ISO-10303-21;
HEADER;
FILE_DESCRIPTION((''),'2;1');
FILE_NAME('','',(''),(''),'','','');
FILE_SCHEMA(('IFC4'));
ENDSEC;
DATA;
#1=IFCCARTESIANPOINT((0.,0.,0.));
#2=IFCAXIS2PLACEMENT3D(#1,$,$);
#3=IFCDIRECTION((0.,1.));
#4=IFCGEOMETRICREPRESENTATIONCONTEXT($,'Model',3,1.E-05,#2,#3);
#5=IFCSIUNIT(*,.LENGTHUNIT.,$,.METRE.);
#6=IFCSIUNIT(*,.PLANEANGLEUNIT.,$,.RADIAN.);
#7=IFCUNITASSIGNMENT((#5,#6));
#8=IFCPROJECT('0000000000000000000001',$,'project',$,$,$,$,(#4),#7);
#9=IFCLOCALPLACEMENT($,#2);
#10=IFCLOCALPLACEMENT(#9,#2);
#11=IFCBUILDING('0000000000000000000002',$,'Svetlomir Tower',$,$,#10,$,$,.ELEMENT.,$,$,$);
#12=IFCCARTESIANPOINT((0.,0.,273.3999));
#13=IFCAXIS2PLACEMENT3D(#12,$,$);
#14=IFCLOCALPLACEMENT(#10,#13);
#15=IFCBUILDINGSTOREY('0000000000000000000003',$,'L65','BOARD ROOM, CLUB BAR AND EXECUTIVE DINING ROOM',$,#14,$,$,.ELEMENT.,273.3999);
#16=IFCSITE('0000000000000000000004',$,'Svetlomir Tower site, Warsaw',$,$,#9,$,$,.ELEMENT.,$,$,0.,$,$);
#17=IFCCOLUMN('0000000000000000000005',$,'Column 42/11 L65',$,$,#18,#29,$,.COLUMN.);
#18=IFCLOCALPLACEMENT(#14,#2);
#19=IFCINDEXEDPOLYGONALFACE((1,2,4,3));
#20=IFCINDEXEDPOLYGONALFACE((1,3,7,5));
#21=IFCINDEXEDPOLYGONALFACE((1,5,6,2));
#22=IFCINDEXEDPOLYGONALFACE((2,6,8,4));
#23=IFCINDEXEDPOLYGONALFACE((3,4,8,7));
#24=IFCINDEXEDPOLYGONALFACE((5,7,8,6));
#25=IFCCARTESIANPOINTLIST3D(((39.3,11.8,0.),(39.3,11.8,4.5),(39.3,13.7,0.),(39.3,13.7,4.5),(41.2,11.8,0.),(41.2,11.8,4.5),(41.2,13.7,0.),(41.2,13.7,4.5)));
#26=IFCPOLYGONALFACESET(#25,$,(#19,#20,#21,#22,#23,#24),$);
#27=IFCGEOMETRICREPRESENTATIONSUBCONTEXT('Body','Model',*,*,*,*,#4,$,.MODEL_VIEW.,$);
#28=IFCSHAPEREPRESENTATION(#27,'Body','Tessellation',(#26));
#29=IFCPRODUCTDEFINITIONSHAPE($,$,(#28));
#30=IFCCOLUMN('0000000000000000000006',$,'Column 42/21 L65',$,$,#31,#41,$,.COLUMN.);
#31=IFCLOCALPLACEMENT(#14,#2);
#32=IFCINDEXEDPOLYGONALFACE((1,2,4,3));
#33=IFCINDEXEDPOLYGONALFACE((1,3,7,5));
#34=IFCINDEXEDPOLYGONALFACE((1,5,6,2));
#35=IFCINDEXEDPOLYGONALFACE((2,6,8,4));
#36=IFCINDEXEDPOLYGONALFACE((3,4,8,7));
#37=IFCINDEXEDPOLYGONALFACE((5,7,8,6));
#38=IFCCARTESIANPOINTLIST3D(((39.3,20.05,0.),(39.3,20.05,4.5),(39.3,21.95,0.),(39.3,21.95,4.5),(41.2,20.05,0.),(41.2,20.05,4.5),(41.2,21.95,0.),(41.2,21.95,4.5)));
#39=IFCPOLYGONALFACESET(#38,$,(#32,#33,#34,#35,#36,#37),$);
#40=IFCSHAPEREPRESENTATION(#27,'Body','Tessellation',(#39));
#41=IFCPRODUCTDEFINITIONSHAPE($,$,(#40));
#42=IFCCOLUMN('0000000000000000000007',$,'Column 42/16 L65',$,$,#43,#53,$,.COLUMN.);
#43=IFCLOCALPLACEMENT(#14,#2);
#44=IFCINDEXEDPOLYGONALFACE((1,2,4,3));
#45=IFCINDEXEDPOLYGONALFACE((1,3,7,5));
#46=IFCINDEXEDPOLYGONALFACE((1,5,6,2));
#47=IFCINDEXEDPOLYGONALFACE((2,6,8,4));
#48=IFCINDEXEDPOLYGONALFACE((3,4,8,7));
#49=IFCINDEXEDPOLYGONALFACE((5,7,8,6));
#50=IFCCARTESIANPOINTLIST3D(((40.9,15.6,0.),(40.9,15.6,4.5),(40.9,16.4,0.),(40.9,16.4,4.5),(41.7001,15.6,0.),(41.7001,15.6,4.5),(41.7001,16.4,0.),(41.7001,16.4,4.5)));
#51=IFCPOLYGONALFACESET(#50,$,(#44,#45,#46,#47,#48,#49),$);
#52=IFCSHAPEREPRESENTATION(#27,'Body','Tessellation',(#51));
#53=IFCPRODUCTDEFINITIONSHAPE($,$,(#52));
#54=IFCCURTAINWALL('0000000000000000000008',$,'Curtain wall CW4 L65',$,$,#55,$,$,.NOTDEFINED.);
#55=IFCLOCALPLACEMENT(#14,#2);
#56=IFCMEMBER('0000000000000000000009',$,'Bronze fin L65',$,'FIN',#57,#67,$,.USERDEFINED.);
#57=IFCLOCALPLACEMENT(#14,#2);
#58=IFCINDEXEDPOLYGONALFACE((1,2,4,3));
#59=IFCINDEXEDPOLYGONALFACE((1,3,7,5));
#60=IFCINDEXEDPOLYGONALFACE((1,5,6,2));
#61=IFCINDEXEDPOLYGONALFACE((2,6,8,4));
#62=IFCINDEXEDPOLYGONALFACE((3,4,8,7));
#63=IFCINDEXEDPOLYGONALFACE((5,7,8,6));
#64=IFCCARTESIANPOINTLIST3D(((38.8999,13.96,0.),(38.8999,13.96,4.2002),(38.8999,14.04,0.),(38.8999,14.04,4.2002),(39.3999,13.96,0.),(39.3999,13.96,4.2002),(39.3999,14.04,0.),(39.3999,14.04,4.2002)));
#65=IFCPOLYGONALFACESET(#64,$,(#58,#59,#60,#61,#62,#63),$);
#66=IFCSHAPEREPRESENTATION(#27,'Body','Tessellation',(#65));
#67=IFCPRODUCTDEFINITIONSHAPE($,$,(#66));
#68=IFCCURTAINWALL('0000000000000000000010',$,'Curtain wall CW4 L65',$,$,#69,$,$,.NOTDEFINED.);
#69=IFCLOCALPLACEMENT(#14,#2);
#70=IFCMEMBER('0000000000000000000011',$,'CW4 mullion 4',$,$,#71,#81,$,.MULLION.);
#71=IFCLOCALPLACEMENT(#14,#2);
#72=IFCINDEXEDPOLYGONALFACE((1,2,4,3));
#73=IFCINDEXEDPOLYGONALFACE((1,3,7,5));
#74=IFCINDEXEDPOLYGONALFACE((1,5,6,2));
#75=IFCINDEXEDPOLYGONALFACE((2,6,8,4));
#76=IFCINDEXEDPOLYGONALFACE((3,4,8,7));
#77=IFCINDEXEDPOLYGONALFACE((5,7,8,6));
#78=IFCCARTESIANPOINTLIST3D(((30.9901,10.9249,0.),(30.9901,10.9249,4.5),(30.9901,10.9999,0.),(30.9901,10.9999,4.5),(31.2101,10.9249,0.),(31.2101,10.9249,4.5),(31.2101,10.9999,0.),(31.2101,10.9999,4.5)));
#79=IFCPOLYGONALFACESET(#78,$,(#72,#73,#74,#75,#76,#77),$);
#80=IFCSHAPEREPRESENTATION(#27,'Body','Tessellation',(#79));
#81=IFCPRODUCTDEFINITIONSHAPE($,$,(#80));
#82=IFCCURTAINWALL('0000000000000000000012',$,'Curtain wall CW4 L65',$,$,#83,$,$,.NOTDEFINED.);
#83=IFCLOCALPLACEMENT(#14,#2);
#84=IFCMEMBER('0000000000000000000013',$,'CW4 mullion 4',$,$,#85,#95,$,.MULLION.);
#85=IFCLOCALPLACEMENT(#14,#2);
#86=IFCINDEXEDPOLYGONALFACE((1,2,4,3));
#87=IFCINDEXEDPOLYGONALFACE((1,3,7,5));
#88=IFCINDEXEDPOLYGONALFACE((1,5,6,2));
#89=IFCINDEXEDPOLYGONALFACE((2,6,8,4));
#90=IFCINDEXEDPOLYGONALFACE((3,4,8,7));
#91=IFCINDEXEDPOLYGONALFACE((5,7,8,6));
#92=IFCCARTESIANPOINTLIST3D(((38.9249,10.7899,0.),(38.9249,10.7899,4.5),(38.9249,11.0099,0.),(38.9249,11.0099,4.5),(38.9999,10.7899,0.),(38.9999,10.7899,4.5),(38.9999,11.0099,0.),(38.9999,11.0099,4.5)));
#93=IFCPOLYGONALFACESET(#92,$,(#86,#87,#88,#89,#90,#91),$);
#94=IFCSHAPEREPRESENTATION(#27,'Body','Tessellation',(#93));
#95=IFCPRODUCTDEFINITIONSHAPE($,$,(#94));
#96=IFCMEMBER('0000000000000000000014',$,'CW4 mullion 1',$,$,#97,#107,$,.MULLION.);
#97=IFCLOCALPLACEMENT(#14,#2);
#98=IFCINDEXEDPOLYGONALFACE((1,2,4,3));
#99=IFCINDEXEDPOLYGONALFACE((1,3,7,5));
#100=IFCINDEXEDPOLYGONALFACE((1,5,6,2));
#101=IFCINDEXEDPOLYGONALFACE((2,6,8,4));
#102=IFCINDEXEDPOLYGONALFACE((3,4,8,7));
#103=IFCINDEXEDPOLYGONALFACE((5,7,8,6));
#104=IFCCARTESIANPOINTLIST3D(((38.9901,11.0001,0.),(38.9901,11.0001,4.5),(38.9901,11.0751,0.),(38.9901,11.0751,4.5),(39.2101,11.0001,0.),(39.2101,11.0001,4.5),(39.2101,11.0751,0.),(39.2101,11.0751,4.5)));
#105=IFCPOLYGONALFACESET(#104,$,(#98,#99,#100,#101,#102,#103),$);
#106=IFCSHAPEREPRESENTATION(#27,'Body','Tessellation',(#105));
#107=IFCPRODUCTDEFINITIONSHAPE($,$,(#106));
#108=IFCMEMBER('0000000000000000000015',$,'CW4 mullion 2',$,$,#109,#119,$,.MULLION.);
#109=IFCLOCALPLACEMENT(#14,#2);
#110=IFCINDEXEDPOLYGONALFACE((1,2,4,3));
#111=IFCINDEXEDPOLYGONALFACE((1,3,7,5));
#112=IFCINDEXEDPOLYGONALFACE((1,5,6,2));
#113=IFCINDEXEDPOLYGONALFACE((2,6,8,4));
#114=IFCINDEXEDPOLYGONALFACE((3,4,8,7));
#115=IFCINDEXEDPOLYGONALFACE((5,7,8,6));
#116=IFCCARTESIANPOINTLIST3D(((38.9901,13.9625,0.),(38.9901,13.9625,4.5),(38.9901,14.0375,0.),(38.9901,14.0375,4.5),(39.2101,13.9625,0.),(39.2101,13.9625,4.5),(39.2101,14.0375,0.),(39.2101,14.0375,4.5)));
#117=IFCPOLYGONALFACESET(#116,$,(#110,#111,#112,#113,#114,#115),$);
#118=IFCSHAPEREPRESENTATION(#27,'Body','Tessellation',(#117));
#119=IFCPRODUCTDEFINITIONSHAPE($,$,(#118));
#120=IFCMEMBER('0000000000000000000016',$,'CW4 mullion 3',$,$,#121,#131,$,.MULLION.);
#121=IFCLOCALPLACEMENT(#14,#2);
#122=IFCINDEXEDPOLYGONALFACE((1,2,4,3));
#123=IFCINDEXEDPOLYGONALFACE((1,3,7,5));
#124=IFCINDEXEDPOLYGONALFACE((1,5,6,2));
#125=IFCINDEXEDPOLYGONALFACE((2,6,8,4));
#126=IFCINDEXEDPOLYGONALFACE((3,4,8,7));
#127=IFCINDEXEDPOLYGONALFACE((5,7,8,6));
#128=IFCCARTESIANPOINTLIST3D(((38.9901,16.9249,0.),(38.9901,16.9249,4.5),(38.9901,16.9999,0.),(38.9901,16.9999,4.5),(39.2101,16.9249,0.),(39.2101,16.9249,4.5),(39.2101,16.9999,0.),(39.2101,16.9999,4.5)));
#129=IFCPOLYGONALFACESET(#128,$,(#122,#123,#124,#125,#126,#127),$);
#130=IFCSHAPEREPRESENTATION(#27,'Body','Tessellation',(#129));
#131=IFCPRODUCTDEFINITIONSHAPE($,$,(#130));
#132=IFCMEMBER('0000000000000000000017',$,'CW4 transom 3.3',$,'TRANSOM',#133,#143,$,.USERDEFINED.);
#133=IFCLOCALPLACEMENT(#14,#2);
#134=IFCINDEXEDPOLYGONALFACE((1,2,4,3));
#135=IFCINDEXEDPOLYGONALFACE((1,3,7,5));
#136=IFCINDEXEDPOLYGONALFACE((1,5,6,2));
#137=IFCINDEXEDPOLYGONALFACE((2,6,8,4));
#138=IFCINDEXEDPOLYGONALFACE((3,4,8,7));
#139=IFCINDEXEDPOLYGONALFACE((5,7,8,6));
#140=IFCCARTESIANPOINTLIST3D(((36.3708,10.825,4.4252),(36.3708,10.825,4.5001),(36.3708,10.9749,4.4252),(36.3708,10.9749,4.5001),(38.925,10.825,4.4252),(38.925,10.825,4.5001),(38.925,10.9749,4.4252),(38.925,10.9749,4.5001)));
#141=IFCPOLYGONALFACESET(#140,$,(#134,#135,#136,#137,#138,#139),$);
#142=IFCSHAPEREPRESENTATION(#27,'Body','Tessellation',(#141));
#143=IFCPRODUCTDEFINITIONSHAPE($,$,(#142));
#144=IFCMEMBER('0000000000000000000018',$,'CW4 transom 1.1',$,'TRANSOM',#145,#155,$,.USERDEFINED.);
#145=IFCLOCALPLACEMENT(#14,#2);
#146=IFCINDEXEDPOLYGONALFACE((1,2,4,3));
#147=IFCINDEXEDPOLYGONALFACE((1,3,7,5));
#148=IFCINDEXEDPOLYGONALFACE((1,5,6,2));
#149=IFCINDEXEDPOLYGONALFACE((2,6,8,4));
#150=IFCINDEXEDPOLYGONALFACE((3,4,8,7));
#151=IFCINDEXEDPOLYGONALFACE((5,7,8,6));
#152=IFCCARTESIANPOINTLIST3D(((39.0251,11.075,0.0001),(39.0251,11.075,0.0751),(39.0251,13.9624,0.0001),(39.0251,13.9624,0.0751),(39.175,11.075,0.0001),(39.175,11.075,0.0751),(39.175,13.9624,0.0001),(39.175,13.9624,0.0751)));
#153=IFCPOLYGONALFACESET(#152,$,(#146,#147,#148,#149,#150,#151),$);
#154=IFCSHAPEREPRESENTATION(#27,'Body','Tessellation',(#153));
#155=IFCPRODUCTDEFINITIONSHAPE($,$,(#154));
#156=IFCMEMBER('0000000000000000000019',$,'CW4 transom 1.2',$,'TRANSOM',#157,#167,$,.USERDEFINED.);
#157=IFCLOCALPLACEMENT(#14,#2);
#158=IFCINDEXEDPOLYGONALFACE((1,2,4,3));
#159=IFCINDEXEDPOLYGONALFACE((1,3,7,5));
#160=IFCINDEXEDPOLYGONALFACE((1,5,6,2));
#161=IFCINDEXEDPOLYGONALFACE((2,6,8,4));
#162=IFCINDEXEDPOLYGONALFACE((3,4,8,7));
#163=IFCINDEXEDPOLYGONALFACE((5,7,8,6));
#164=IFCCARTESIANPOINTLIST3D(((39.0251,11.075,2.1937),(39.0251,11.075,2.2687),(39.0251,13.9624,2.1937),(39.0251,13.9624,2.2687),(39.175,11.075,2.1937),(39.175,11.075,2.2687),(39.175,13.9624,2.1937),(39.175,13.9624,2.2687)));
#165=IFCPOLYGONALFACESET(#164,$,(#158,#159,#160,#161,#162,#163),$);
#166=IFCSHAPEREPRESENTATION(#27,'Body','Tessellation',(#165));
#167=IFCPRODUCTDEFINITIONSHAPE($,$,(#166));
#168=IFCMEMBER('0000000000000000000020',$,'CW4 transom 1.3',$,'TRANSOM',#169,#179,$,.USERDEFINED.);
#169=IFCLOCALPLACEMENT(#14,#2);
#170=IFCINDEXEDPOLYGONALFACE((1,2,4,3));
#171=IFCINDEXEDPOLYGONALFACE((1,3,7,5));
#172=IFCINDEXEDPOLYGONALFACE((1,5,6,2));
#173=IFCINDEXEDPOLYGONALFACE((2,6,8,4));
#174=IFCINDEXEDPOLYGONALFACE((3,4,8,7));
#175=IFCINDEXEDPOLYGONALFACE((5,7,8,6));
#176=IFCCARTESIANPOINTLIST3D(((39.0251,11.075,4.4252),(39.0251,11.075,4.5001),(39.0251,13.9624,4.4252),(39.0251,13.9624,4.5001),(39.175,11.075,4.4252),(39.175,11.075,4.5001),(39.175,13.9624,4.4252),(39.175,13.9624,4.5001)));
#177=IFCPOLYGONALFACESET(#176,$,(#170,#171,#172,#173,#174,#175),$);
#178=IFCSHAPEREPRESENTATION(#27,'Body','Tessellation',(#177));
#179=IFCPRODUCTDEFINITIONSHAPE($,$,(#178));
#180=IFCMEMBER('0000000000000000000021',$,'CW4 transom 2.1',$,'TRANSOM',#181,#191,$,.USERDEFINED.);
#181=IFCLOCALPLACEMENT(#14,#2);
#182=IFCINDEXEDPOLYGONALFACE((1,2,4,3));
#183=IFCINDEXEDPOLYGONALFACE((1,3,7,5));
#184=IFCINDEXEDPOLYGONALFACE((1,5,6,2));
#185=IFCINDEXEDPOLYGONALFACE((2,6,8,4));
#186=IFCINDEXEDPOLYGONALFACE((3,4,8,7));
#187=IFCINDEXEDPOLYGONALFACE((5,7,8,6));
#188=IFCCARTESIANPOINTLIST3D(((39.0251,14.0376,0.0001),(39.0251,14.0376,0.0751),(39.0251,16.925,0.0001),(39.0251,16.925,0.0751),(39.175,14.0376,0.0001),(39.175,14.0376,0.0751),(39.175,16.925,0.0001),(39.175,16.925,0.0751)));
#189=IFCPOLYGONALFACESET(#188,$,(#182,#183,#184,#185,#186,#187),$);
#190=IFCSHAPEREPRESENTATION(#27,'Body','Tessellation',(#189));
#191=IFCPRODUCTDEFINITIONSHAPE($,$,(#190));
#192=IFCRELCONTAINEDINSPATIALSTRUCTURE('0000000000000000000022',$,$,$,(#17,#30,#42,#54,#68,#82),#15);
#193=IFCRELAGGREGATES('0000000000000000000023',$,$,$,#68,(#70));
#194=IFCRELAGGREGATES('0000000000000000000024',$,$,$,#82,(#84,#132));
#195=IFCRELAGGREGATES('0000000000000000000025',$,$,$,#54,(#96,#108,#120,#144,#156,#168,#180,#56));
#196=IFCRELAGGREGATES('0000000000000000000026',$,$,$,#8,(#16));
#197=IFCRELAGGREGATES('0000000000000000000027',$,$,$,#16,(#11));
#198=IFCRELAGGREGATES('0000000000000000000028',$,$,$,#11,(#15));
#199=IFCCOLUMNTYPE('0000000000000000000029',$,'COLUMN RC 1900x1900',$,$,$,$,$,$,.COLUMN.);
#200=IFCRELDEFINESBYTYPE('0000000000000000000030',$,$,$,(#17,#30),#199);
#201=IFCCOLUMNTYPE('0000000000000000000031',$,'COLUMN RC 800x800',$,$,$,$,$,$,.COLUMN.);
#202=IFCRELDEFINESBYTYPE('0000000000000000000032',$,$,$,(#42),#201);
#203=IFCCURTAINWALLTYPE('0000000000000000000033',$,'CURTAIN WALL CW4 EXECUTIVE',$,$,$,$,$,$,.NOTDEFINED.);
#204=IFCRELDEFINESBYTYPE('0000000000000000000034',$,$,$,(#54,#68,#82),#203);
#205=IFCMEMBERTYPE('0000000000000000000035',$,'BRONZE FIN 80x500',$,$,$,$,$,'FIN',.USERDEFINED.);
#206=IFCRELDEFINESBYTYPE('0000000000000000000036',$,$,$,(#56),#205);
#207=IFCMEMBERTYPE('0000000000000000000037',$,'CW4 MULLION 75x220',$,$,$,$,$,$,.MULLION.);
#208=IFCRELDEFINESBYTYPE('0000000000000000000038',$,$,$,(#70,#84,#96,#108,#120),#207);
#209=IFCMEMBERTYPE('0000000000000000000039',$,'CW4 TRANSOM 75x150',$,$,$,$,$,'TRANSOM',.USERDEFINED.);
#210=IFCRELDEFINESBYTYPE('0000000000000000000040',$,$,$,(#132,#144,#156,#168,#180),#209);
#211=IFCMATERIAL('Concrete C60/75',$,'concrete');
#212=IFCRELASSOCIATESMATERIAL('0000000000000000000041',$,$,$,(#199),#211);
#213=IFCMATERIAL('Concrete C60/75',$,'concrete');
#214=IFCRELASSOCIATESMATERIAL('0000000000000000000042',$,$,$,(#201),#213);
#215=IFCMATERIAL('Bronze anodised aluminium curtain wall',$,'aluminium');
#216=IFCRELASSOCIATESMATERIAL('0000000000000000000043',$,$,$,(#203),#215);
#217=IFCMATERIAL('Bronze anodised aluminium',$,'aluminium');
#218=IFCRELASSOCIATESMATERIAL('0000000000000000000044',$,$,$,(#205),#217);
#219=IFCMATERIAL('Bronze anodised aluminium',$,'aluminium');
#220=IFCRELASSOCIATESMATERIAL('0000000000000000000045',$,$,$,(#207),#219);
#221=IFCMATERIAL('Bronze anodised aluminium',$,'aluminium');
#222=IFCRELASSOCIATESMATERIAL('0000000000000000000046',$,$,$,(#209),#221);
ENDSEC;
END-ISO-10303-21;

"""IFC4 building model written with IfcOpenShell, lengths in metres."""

from ifc_helpers import new_model, si_unit, direction, frame, origin, origin_2d, place, context, subcontext, project, spatial, rectangle, extrude, material, material_profile, profile_set, type_object, element, aggregate, save


model = new_model("IFC4")

# Units and contexts
model_context = context("Model", 3, precision=1e-05, world=origin(), true_north=direction((0.0, 1.0)))
body_context = subcontext(model_context, "Body", "Model", "MODEL_VIEW")
ifc_project = project(units=[si_unit("LENGTHUNIT", "METRE"), si_unit("PLANEANGLEUNIT", "RADIAN")], contexts=[model_context])

# Site, building, storey
site_placement = place(None, origin())
site = spatial("IfcSite", under=ifc_project, at=site_placement, Name="Svetlomir Tower site, Warsaw", CompositionType="ELEMENT", RefElevation=0.0)
building_placement = place(site_placement, origin())
building = spatial("IfcBuilding", under=site, at=building_placement, Name="Svetlomir Tower", CompositionType="ELEMENT")
storey_placement = place(building_placement, frame((0.0, 0.0, 273.3999)))
storey = spatial("IfcBuildingStorey", under=building, at=storey_placement, Name="L65", Description="BOARD ROOM, CLUB BAR AND EXECUTIVE DINING ROOM", CompositionType="ELEMENT", Elevation=273.3999)

# Columns
ifc_material_1 = material(Name="Concrete C60/75", Category="concrete")
ifc_material_profile_1 = material_profile(ifc_material_1, rectangle(XDim=1.8999, YDim=1.8999, at=origin_2d()), Name="RC 1900x1900")
ifc_profile_set_1 = profile_set([ifc_material_profile_1], Name="Concrete C60/75")
column_type_1 = type_object("IfcColumnType", Name="COLUMN RC 1900x1900", PredefinedType="COLUMN", material=ifc_profile_set_1)
for number, where, z_axis, x_axis, name in (
    (1, (40.25, 12.75, 0.0), (0.0, 0.0, 1.0), (1.0, 0.0, 0.0), "Column 42/11 L65"),
    (2, (40.25, 21.0, 0.0), (0.0, 0.0, 1.0), (1.0, 0.0, 0.0), "Column 42/21 L65"),
):
    element("IfcColumn", number, at=place(storey_placement, frame(where, z_axis=z_axis, x_axis=x_axis)), inside=storey, type_object=column_type_1, Name=name, PredefinedType="COLUMN", context=body_context, shape_type="SweptSolid", body=[
        extrude(rectangle(XDim=1.8999, YDim=1.8999, at=origin_2d()), origin(), (0.0, 0.0, 1.0), 4.5),
    ])
ifc_material_2 = material(Name="Concrete C60/75", Category="concrete")
ifc_material_profile_2 = material_profile(ifc_material_2, rectangle(XDim=0.8, YDim=0.8, at=origin_2d()), Name="RC 800x800")
ifc_profile_set_2 = profile_set([ifc_material_profile_2], Name="Concrete C60/75")
column_type_2 = type_object("IfcColumnType", Name="COLUMN RC 800x800", PredefinedType="COLUMN", material=ifc_profile_set_2)
column_placement = place(storey_placement, frame((41.3, 16.0, 0.0), z_axis=(0.0, 0.0, 1.0), x_axis=(1.0, 0.0, 0.0)))
element("IfcColumn", 3, at=column_placement, inside=storey, type_object=column_type_2, Name="Column 42/16 L65", PredefinedType="COLUMN", context=body_context, shape_type="SweptSolid", body=[
    extrude(rectangle(XDim=0.8, YDim=0.8, at=origin_2d()), origin(), (0.0, 0.0, 1.0), 4.5),
])

# Curtain walls, members
ifc_material_3 = material(Name="Bronze anodised aluminium curtain wall", Category="aluminium")
curtain_wall_type = type_object("IfcCurtainWallType", Name="CURTAIN WALL CW4 EXECUTIVE", PredefinedType="NOTDEFINED", material=ifc_material_3)
curtain_wall_1_placement = place(storey_placement, origin())
curtain_wall_1 = element("IfcCurtainWall", 4, at=curtain_wall_1_placement, inside=storey, type_object=curtain_wall_type, Name="Curtain wall CW4 L65", PredefinedType="NOTDEFINED")
ifc_material_4 = material(Name="Bronze anodised aluminium", Category="aluminium")
ifc_material_profile_3 = material_profile(ifc_material_4, rectangle(XDim=0.0801, YDim=0.5, at=origin_2d()), Name="FIN 80x500")
ifc_profile_set_3 = profile_set([ifc_material_profile_3], Name="Bronze anodised aluminium 6063-T6")
member_type_1 = type_object("IfcMemberType", Name="BRONZE FIN 80x500", ElementType="FIN", PredefinedType="USERDEFINED", material=ifc_profile_set_3)
member_1_placement = place(storey_placement, frame((39.1499, 14.0, 0.0), z_axis=(0.0, 0.0, 1.0), x_axis=(0.0, 1.0, 0.0)))
member_1 = element("IfcMember", 5, at=member_1_placement, type_object=member_type_1, Name="Bronze fin L65", ObjectType="FIN", PredefinedType="USERDEFINED", context=body_context, shape_type="SweptSolid", body=[
    extrude(rectangle(XDim=0.0801, YDim=0.5, at=origin_2d()), origin(), (0.0, 0.0, 1.0), 4.2002),
])
curtain_wall_2_placement = place(storey_placement, origin())
curtain_wall_2 = element("IfcCurtainWall", 6, at=curtain_wall_2_placement, inside=storey, type_object=curtain_wall_type, Name="Curtain wall CW4 L65", PredefinedType="NOTDEFINED")
ifc_material_5 = material(Name="Bronze anodised aluminium", Category="aluminium")
ifc_material_profile_4 = material_profile(ifc_material_5, rectangle(XDim=0.075, YDim=0.22, at=origin_2d()), Name="AL 75x220")
ifc_profile_set_4 = profile_set([ifc_material_profile_4], Name="Bronze anodised aluminium 6063-T6")
member_type_2 = type_object("IfcMemberType", Name="CW4 MULLION 75x220", PredefinedType="MULLION", material=ifc_profile_set_4)
member_2_placement = place(storey_placement, frame((31.1001, 10.9624, 0.0), z_axis=(0.0, 0.0, 1.0), x_axis=(0.0, 1.0, 0.0)))
member_2 = element("IfcMember", 7, at=member_2_placement, type_object=member_type_2, Name="CW4 mullion 4", PredefinedType="MULLION", context=body_context, shape_type="SweptSolid", body=[
    extrude(rectangle(XDim=0.075, YDim=0.22, at=origin_2d()), origin(), (0.0, 0.0, 1.0), 4.5),
])
aggregate(curtain_wall_2, [member_2])
curtain_wall_3_placement = place(storey_placement, origin())
curtain_wall_3 = element("IfcCurtainWall", 8, at=curtain_wall_3_placement, inside=storey, type_object=curtain_wall_type, Name="Curtain wall CW4 L65", PredefinedType="NOTDEFINED")
member_3_placement = place(storey_placement, frame((38.9624, 10.8999, 0.0), z_axis=(0.0, 0.0, 1.0), x_axis=(1.0, 0.0, 0.0)))
member_3 = element("IfcMember", 9, at=member_3_placement, type_object=member_type_2, Name="CW4 mullion 4", PredefinedType="MULLION", context=body_context, shape_type="SweptSolid", body=[
    extrude(rectangle(XDim=0.075, YDim=0.22, at=origin_2d()), origin(), (0.0, 0.0, 1.0), 4.5),
])

# Members
member_4_placement = place(storey_placement, frame((39.1001, 11.0376, 0.0), z_axis=(0.0, 0.0, 1.0), x_axis=(0.0, 1.0, 0.0)))
member_4 = element("IfcMember", 10, at=member_4_placement, type_object=member_type_2, Name="CW4 mullion 1", PredefinedType="MULLION", context=body_context, shape_type="SweptSolid", body=[
    extrude(rectangle(XDim=0.075, YDim=0.22, at=origin_2d()), origin(), (0.0, 0.0, 1.0), 4.5),
])
member_5_placement = place(storey_placement, frame((39.1001, 14.0, 0.0), z_axis=(0.0, 0.0, 1.0), x_axis=(0.0, 1.0, 0.0)))
member_5 = element("IfcMember", 11, at=member_5_placement, type_object=member_type_2, Name="CW4 mullion 2", PredefinedType="MULLION", context=body_context, shape_type="SweptSolid", body=[
    extrude(rectangle(XDim=0.075, YDim=0.22, at=origin_2d()), origin(), (0.0, 0.0, 1.0), 4.5),
])
member_6_placement = place(storey_placement, frame((39.1001, 16.9624, 0.0), z_axis=(0.0, 0.0, 1.0), x_axis=(0.0, 1.0, 0.0)))
member_6 = element("IfcMember", 12, at=member_6_placement, type_object=member_type_2, Name="CW4 mullion 3", PredefinedType="MULLION", context=body_context, shape_type="SweptSolid", body=[
    extrude(rectangle(XDim=0.075, YDim=0.22, at=origin_2d()), origin(), (0.0, 0.0, 1.0), 4.5),
])
ifc_material_6 = material(Name="Bronze anodised aluminium", Category="aluminium")
ifc_material_profile_5 = material_profile(ifc_material_6, rectangle(XDim=0.1499, YDim=0.075, at=origin_2d()), Name="AL 150x75")
ifc_profile_set_5 = profile_set([ifc_material_profile_5], Name="Bronze anodised aluminium 6063-T6")
member_type_3 = type_object("IfcMemberType", Name="CW4 TRANSOM 75x150", ElementType="TRANSOM", PredefinedType="USERDEFINED", material=ifc_profile_set_5)
member_7_placement = place(storey_placement, frame((36.3708, 10.8999, 4.4626), z_axis=(1.0, 0.0, 0.0), x_axis=(0.0, 1.0, 0.0)))
member_7 = element("IfcMember", 13, at=member_7_placement, type_object=member_type_3, Name="CW4 transom 3.3", ObjectType="TRANSOM", PredefinedType="USERDEFINED", context=body_context, shape_type="SweptSolid", body=[
    extrude(rectangle(XDim=0.1499, YDim=0.075, at=origin_2d()), origin(), (0.0, 0.0, 1.0), 2.5542),
])
member_8_placement = place(storey_placement, frame((39.1001, 11.075, 0.0376), z_axis=(0.0, 1.0, 0.0), x_axis=(-1.0, 0.0, 0.0)))
member_8 = element("IfcMember", 14, at=member_8_placement, type_object=member_type_3, Name="CW4 transom 1.1", ObjectType="TRANSOM", PredefinedType="USERDEFINED", context=body_context, shape_type="SweptSolid", body=[
    extrude(rectangle(XDim=0.1499, YDim=0.075, at=origin_2d()), origin(), (0.0, 0.0, 1.0), 2.8875),
])
member_9_placement = place(storey_placement, frame((39.1001, 11.075, 2.2312), z_axis=(0.0, 1.0, 0.0), x_axis=(-1.0, 0.0, 0.0)))
member_9 = element("IfcMember", 15, at=member_9_placement, type_object=member_type_3, Name="CW4 transom 1.2", ObjectType="TRANSOM", PredefinedType="USERDEFINED", context=body_context, shape_type="SweptSolid", body=[
    extrude(rectangle(XDim=0.1499, YDim=0.075, at=origin_2d()), origin(), (0.0, 0.0, 1.0), 2.8875),
])
member_10_placement = place(storey_placement, frame((39.1001, 11.075, 4.4626), z_axis=(0.0, 1.0, 0.0), x_axis=(-1.0, 0.0, 0.0)))
member_10 = element("IfcMember", 16, at=member_10_placement, type_object=member_type_3, Name="CW4 transom 1.3", ObjectType="TRANSOM", PredefinedType="USERDEFINED", context=body_context, shape_type="SweptSolid", body=[
    extrude(rectangle(XDim=0.1499, YDim=0.075, at=origin_2d()), origin(), (0.0, 0.0, 1.0), 2.8875),
])
member_11_placement = place(storey_placement, frame((39.1001, 14.0376, 0.0376), z_axis=(0.0, 1.0, 0.0), x_axis=(-1.0, 0.0, 0.0)))
member_11 = element("IfcMember", 17, at=member_11_placement, type_object=member_type_3, Name="CW4 transom 2.1", ObjectType="TRANSOM", PredefinedType="USERDEFINED", context=body_context, shape_type="SweptSolid", body=[
    extrude(rectangle(XDim=0.1499, YDim=0.075, at=origin_2d()), origin(), (0.0, 0.0, 1.0), 2.8875),
])

aggregate(curtain_wall_3, [member_3, member_7])
aggregate(curtain_wall_1, [member_4, member_5, member_6, member_8, member_9, member_10, member_11, member_1])

save(model, "model.ifc")
